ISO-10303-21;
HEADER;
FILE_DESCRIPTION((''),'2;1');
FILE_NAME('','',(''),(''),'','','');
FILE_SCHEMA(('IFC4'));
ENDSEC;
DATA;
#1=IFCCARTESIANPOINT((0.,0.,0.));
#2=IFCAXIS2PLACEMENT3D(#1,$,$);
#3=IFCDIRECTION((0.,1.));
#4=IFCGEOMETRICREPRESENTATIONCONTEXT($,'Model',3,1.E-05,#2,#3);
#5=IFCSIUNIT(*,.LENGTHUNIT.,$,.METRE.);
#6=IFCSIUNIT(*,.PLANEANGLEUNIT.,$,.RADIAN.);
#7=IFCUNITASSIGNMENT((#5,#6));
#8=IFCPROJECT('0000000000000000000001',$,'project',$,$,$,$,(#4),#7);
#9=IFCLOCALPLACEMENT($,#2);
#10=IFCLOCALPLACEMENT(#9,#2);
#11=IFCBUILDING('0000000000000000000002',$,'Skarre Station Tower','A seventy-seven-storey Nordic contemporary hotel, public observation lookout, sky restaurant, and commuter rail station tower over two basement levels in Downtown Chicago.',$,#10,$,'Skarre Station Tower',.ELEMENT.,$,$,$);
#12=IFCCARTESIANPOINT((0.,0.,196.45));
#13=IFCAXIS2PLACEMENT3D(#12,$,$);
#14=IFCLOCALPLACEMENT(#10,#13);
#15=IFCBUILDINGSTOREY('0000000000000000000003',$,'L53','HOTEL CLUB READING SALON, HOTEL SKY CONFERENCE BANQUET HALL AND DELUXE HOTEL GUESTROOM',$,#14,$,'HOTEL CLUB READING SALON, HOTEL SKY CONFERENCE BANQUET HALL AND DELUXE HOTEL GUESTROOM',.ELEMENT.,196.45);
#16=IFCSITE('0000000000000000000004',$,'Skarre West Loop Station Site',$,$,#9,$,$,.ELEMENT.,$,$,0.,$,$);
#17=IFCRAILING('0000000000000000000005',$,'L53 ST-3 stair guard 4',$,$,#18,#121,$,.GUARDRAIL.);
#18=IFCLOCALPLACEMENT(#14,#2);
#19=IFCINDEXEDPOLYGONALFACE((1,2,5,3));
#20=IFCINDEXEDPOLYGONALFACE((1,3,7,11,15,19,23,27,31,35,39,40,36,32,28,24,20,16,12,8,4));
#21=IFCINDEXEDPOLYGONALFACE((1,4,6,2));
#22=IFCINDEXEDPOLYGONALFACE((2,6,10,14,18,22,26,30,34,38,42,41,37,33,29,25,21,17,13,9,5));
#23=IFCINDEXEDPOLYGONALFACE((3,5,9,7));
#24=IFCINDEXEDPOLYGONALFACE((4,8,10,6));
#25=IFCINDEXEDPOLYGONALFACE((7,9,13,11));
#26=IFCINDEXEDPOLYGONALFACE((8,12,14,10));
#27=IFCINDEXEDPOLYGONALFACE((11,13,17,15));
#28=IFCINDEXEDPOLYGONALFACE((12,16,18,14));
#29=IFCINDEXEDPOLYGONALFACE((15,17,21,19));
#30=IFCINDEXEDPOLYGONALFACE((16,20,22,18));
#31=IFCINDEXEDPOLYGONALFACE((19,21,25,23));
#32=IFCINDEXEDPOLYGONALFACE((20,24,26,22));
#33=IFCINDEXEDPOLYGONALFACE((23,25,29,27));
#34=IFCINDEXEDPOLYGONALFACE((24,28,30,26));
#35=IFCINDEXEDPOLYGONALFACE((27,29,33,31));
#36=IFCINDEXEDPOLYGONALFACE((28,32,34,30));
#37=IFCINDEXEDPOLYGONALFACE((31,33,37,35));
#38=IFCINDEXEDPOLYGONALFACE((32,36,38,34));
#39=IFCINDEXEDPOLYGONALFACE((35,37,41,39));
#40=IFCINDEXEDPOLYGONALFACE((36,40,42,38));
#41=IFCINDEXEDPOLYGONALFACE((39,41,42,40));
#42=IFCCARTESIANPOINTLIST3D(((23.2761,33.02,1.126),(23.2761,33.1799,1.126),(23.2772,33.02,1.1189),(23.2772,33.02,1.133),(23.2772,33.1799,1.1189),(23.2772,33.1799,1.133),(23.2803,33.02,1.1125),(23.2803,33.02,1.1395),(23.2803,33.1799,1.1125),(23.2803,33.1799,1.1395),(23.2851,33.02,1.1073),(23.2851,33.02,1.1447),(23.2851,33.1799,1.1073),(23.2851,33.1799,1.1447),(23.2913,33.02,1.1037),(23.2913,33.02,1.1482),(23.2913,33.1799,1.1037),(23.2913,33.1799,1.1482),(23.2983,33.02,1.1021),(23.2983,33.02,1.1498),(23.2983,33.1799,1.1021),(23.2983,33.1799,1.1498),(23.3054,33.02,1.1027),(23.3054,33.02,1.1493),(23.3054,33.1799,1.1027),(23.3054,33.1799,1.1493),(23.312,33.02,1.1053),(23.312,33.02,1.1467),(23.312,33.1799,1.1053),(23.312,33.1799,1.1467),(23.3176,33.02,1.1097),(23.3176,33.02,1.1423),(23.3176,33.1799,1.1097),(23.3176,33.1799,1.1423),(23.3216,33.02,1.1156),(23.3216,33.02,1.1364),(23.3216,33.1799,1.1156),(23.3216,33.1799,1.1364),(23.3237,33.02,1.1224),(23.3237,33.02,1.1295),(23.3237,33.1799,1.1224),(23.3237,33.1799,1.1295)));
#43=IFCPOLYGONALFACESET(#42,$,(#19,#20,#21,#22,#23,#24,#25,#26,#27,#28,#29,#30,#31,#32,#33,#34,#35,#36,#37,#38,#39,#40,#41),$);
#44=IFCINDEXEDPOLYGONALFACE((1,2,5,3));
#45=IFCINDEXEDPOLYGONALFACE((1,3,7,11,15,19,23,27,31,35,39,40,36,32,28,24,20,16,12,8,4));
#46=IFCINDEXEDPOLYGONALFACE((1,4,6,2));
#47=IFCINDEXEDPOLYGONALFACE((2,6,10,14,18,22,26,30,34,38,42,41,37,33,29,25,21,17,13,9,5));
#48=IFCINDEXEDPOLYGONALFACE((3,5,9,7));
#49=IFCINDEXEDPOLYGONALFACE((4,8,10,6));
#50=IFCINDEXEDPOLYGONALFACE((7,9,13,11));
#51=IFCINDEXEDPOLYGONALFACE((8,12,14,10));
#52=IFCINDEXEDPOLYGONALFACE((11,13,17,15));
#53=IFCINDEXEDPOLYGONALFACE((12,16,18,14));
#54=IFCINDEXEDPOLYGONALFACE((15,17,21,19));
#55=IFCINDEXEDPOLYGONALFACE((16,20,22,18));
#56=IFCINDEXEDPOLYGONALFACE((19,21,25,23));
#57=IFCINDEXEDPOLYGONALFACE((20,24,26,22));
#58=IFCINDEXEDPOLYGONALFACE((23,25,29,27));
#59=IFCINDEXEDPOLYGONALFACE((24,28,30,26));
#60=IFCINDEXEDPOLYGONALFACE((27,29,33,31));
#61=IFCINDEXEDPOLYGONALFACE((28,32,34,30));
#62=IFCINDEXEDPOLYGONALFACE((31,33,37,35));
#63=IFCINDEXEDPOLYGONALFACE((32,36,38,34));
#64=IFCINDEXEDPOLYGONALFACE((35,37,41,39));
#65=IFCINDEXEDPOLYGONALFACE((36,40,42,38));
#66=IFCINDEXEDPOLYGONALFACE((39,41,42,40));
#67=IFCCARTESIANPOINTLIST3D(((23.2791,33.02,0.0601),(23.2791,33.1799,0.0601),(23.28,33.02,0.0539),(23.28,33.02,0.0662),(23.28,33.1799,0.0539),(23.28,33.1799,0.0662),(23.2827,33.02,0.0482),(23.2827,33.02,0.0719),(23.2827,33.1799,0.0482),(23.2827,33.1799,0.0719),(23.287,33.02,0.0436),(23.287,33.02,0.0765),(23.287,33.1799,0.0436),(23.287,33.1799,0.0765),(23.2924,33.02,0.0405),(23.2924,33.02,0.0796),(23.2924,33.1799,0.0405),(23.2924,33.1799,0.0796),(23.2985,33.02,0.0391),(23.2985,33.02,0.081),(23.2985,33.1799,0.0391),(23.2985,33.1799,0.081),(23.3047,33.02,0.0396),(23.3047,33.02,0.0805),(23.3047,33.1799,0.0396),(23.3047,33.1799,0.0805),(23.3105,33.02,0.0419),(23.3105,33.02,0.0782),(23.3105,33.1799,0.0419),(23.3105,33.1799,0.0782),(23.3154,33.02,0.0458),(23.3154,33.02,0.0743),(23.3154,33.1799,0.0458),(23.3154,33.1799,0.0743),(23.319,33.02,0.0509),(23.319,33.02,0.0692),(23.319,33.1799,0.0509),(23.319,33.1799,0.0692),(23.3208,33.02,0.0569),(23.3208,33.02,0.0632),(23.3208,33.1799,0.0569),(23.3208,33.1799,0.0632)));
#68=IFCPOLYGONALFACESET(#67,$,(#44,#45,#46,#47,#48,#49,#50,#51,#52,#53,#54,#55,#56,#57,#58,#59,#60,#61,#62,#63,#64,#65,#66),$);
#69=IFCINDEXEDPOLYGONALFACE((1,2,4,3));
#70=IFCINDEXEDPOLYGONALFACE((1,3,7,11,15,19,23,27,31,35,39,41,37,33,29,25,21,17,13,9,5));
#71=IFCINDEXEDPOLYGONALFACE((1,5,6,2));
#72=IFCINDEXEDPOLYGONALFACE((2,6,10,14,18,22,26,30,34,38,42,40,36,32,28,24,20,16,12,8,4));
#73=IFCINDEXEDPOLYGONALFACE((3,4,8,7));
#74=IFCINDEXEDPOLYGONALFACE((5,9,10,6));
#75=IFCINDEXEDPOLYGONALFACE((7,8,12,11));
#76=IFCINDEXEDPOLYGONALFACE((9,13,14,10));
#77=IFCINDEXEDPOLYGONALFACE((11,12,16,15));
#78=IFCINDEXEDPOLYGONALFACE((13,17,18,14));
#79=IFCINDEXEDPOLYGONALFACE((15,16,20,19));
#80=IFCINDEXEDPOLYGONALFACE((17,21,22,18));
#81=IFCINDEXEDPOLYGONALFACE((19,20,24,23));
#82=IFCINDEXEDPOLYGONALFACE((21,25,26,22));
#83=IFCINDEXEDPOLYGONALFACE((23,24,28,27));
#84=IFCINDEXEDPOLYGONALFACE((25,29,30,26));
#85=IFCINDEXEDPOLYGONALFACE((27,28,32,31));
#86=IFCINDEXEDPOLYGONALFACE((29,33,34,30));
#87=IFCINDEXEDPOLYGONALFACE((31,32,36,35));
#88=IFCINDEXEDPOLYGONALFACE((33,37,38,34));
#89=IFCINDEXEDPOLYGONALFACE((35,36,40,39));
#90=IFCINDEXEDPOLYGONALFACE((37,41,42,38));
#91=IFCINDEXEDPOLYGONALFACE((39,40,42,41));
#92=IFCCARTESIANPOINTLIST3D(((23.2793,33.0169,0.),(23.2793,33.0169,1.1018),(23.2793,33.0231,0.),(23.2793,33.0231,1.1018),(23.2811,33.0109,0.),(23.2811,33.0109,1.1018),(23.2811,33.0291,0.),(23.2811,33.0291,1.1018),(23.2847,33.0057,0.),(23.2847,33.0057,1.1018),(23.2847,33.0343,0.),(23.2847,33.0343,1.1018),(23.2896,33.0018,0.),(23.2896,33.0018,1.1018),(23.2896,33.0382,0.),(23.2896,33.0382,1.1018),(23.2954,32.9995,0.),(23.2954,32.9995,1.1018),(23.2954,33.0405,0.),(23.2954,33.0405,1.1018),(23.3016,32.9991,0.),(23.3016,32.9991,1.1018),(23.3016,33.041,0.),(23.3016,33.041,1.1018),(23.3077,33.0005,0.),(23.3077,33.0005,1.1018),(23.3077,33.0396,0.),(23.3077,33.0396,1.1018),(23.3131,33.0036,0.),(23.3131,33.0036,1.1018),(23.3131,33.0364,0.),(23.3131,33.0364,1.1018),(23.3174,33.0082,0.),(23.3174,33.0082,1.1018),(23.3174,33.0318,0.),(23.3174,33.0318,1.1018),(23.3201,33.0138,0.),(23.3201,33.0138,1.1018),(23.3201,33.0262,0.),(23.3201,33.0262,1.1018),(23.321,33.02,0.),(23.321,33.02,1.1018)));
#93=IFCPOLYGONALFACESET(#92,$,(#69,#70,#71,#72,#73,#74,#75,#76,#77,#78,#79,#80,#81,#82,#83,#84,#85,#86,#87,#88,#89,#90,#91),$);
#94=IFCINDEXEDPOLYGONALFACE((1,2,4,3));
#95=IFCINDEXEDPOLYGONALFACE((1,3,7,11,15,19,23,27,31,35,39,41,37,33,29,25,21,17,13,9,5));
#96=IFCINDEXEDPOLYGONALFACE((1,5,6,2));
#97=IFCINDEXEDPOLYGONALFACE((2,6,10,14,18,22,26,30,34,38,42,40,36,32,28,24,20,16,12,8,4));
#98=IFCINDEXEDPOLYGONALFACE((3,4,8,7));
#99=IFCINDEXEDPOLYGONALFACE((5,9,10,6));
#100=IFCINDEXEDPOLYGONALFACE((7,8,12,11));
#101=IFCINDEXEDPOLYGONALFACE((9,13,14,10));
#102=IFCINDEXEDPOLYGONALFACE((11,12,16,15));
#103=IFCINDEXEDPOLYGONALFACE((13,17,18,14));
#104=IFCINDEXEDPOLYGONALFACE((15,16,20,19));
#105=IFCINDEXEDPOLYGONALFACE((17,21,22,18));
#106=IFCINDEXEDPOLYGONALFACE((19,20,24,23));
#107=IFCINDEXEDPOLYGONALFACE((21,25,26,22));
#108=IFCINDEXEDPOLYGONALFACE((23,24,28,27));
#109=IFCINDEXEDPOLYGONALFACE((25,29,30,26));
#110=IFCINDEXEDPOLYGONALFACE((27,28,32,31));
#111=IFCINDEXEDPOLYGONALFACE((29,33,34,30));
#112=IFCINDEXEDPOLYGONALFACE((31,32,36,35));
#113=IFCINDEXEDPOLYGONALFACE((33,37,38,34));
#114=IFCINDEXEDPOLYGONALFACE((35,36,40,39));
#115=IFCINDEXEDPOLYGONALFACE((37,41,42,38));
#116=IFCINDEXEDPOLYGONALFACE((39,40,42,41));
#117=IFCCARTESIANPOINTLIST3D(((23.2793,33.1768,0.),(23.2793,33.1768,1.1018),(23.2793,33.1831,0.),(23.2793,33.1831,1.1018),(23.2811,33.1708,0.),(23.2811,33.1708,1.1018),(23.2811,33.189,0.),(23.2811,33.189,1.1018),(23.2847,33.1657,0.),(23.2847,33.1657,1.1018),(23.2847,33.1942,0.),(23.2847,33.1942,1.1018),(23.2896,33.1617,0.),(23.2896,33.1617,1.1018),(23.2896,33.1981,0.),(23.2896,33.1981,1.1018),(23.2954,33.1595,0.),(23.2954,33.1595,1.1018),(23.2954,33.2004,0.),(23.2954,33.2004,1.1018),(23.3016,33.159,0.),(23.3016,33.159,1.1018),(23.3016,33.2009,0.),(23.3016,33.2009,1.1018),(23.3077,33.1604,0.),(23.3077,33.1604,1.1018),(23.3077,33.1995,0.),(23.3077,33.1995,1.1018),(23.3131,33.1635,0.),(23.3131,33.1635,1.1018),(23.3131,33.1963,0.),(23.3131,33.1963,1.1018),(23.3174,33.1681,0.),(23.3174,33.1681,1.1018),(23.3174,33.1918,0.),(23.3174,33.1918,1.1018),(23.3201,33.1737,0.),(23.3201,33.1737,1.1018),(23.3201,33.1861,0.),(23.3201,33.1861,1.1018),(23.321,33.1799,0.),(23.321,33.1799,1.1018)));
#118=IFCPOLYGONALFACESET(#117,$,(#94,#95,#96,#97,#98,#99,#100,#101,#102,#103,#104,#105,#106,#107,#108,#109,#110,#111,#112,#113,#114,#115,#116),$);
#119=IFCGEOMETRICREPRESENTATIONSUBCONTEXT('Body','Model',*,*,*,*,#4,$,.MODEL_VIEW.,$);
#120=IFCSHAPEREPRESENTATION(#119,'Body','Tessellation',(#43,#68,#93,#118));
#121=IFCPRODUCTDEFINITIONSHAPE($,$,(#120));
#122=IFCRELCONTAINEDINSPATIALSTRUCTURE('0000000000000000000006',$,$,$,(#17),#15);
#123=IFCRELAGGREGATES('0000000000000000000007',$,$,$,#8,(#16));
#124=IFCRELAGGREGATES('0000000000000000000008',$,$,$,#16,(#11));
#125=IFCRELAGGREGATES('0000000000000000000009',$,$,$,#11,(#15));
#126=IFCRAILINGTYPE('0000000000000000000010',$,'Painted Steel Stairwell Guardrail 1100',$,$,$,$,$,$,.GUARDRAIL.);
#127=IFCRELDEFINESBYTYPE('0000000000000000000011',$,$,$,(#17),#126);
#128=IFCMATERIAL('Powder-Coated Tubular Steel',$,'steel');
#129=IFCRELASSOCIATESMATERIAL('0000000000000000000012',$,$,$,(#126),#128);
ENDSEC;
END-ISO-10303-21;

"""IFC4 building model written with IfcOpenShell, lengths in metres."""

from ifc_helpers import new_model, si_unit, direction, frame, origin, origin_2d, place, context, subcontext, project, spatial, circle, extrude, material, type_object, element, save


model = new_model("IFC4")

# Units and contexts
model_context = context("Model", 3, precision=1e-05, world=origin(), true_north=direction((0.0, 1.0)))
body_context = subcontext(model_context, "Body", "Model", "MODEL_VIEW")
ifc_project = project(units=[si_unit("LENGTHUNIT", "METRE"), si_unit("PLANEANGLEUNIT", "RADIAN")], contexts=[model_context])

# Site, building, storey
site_placement = place(None, origin())
site = spatial("IfcSite", under=ifc_project, at=site_placement, Name="Skarre West Loop Station Site", CompositionType="ELEMENT", RefElevation=0.0)
building_placement = place(site_placement, origin())
building = spatial("IfcBuilding", under=site, at=building_placement, Name="Skarre Station Tower", Description="A seventy-seven-storey Nordic contemporary hotel, public observation lookout, sky restaurant, and commuter rail station tower over two basement levels in Downtown Chicago.", LongName="Skarre Station Tower", CompositionType="ELEMENT")
storey_placement = place(building_placement, frame((0.0, 0.0, 196.45)))
storey = spatial("IfcBuildingStorey", under=building, at=storey_placement, Name="L53", Description="HOTEL CLUB READING SALON, HOTEL SKY CONFERENCE BANQUET HALL AND DELUXE HOTEL GUESTROOM", LongName="HOTEL CLUB READING SALON, HOTEL SKY CONFERENCE BANQUET HALL AND DELUXE HOTEL GUESTROOM", CompositionType="ELEMENT", Elevation=196.45)

# Railing
ifc_material_1 = material(Name="Powder-Coated Tubular Steel", Category="steel")
railing_type_1 = type_object("IfcRailingType", Name="Painted Steel Stairwell Guardrail 1100", PredefinedType="GUARDRAIL", material=ifc_material_1)
railing_1_placement = place(storey_placement, frame((23.3, 33.02, 0.0)))
element("IfcRailing", 1, at=railing_1_placement, inside=storey, type_object=railing_type_1, Name="L53 ST-3 stair guard 4", PredefinedType="GUARDRAIL", context=body_context, shape_type="SweptSolid", body=[
    extrude(circle(Radius=0.0239, at=origin_2d()), frame((0.0, 0.0, 1.126), z_axis=(0.0, 1.0, 0.0), x_axis=(-1.0, 0.0, 0.0)), (0.0, 0.0, 1.0), 0.1599),
    extrude(circle(Radius=0.021, at=origin_2d()), frame((0.0, 0.0, 0.0601), z_axis=(0.0, 1.0, 0.0), x_axis=(-1.0, 0.0, 0.0)), (0.0, 0.0, 1.0), 0.1599),
    extrude(circle(Radius=0.021, at=origin_2d()), origin(), (0.0, 0.0, 1.0), 1.1018),
    extrude(circle(Radius=0.021, at=origin_2d()), frame((0.0, 0.1599, 0.0)), (0.0, 0.0, 1.0), 1.1018),
])

save(model, "model.ifc")
